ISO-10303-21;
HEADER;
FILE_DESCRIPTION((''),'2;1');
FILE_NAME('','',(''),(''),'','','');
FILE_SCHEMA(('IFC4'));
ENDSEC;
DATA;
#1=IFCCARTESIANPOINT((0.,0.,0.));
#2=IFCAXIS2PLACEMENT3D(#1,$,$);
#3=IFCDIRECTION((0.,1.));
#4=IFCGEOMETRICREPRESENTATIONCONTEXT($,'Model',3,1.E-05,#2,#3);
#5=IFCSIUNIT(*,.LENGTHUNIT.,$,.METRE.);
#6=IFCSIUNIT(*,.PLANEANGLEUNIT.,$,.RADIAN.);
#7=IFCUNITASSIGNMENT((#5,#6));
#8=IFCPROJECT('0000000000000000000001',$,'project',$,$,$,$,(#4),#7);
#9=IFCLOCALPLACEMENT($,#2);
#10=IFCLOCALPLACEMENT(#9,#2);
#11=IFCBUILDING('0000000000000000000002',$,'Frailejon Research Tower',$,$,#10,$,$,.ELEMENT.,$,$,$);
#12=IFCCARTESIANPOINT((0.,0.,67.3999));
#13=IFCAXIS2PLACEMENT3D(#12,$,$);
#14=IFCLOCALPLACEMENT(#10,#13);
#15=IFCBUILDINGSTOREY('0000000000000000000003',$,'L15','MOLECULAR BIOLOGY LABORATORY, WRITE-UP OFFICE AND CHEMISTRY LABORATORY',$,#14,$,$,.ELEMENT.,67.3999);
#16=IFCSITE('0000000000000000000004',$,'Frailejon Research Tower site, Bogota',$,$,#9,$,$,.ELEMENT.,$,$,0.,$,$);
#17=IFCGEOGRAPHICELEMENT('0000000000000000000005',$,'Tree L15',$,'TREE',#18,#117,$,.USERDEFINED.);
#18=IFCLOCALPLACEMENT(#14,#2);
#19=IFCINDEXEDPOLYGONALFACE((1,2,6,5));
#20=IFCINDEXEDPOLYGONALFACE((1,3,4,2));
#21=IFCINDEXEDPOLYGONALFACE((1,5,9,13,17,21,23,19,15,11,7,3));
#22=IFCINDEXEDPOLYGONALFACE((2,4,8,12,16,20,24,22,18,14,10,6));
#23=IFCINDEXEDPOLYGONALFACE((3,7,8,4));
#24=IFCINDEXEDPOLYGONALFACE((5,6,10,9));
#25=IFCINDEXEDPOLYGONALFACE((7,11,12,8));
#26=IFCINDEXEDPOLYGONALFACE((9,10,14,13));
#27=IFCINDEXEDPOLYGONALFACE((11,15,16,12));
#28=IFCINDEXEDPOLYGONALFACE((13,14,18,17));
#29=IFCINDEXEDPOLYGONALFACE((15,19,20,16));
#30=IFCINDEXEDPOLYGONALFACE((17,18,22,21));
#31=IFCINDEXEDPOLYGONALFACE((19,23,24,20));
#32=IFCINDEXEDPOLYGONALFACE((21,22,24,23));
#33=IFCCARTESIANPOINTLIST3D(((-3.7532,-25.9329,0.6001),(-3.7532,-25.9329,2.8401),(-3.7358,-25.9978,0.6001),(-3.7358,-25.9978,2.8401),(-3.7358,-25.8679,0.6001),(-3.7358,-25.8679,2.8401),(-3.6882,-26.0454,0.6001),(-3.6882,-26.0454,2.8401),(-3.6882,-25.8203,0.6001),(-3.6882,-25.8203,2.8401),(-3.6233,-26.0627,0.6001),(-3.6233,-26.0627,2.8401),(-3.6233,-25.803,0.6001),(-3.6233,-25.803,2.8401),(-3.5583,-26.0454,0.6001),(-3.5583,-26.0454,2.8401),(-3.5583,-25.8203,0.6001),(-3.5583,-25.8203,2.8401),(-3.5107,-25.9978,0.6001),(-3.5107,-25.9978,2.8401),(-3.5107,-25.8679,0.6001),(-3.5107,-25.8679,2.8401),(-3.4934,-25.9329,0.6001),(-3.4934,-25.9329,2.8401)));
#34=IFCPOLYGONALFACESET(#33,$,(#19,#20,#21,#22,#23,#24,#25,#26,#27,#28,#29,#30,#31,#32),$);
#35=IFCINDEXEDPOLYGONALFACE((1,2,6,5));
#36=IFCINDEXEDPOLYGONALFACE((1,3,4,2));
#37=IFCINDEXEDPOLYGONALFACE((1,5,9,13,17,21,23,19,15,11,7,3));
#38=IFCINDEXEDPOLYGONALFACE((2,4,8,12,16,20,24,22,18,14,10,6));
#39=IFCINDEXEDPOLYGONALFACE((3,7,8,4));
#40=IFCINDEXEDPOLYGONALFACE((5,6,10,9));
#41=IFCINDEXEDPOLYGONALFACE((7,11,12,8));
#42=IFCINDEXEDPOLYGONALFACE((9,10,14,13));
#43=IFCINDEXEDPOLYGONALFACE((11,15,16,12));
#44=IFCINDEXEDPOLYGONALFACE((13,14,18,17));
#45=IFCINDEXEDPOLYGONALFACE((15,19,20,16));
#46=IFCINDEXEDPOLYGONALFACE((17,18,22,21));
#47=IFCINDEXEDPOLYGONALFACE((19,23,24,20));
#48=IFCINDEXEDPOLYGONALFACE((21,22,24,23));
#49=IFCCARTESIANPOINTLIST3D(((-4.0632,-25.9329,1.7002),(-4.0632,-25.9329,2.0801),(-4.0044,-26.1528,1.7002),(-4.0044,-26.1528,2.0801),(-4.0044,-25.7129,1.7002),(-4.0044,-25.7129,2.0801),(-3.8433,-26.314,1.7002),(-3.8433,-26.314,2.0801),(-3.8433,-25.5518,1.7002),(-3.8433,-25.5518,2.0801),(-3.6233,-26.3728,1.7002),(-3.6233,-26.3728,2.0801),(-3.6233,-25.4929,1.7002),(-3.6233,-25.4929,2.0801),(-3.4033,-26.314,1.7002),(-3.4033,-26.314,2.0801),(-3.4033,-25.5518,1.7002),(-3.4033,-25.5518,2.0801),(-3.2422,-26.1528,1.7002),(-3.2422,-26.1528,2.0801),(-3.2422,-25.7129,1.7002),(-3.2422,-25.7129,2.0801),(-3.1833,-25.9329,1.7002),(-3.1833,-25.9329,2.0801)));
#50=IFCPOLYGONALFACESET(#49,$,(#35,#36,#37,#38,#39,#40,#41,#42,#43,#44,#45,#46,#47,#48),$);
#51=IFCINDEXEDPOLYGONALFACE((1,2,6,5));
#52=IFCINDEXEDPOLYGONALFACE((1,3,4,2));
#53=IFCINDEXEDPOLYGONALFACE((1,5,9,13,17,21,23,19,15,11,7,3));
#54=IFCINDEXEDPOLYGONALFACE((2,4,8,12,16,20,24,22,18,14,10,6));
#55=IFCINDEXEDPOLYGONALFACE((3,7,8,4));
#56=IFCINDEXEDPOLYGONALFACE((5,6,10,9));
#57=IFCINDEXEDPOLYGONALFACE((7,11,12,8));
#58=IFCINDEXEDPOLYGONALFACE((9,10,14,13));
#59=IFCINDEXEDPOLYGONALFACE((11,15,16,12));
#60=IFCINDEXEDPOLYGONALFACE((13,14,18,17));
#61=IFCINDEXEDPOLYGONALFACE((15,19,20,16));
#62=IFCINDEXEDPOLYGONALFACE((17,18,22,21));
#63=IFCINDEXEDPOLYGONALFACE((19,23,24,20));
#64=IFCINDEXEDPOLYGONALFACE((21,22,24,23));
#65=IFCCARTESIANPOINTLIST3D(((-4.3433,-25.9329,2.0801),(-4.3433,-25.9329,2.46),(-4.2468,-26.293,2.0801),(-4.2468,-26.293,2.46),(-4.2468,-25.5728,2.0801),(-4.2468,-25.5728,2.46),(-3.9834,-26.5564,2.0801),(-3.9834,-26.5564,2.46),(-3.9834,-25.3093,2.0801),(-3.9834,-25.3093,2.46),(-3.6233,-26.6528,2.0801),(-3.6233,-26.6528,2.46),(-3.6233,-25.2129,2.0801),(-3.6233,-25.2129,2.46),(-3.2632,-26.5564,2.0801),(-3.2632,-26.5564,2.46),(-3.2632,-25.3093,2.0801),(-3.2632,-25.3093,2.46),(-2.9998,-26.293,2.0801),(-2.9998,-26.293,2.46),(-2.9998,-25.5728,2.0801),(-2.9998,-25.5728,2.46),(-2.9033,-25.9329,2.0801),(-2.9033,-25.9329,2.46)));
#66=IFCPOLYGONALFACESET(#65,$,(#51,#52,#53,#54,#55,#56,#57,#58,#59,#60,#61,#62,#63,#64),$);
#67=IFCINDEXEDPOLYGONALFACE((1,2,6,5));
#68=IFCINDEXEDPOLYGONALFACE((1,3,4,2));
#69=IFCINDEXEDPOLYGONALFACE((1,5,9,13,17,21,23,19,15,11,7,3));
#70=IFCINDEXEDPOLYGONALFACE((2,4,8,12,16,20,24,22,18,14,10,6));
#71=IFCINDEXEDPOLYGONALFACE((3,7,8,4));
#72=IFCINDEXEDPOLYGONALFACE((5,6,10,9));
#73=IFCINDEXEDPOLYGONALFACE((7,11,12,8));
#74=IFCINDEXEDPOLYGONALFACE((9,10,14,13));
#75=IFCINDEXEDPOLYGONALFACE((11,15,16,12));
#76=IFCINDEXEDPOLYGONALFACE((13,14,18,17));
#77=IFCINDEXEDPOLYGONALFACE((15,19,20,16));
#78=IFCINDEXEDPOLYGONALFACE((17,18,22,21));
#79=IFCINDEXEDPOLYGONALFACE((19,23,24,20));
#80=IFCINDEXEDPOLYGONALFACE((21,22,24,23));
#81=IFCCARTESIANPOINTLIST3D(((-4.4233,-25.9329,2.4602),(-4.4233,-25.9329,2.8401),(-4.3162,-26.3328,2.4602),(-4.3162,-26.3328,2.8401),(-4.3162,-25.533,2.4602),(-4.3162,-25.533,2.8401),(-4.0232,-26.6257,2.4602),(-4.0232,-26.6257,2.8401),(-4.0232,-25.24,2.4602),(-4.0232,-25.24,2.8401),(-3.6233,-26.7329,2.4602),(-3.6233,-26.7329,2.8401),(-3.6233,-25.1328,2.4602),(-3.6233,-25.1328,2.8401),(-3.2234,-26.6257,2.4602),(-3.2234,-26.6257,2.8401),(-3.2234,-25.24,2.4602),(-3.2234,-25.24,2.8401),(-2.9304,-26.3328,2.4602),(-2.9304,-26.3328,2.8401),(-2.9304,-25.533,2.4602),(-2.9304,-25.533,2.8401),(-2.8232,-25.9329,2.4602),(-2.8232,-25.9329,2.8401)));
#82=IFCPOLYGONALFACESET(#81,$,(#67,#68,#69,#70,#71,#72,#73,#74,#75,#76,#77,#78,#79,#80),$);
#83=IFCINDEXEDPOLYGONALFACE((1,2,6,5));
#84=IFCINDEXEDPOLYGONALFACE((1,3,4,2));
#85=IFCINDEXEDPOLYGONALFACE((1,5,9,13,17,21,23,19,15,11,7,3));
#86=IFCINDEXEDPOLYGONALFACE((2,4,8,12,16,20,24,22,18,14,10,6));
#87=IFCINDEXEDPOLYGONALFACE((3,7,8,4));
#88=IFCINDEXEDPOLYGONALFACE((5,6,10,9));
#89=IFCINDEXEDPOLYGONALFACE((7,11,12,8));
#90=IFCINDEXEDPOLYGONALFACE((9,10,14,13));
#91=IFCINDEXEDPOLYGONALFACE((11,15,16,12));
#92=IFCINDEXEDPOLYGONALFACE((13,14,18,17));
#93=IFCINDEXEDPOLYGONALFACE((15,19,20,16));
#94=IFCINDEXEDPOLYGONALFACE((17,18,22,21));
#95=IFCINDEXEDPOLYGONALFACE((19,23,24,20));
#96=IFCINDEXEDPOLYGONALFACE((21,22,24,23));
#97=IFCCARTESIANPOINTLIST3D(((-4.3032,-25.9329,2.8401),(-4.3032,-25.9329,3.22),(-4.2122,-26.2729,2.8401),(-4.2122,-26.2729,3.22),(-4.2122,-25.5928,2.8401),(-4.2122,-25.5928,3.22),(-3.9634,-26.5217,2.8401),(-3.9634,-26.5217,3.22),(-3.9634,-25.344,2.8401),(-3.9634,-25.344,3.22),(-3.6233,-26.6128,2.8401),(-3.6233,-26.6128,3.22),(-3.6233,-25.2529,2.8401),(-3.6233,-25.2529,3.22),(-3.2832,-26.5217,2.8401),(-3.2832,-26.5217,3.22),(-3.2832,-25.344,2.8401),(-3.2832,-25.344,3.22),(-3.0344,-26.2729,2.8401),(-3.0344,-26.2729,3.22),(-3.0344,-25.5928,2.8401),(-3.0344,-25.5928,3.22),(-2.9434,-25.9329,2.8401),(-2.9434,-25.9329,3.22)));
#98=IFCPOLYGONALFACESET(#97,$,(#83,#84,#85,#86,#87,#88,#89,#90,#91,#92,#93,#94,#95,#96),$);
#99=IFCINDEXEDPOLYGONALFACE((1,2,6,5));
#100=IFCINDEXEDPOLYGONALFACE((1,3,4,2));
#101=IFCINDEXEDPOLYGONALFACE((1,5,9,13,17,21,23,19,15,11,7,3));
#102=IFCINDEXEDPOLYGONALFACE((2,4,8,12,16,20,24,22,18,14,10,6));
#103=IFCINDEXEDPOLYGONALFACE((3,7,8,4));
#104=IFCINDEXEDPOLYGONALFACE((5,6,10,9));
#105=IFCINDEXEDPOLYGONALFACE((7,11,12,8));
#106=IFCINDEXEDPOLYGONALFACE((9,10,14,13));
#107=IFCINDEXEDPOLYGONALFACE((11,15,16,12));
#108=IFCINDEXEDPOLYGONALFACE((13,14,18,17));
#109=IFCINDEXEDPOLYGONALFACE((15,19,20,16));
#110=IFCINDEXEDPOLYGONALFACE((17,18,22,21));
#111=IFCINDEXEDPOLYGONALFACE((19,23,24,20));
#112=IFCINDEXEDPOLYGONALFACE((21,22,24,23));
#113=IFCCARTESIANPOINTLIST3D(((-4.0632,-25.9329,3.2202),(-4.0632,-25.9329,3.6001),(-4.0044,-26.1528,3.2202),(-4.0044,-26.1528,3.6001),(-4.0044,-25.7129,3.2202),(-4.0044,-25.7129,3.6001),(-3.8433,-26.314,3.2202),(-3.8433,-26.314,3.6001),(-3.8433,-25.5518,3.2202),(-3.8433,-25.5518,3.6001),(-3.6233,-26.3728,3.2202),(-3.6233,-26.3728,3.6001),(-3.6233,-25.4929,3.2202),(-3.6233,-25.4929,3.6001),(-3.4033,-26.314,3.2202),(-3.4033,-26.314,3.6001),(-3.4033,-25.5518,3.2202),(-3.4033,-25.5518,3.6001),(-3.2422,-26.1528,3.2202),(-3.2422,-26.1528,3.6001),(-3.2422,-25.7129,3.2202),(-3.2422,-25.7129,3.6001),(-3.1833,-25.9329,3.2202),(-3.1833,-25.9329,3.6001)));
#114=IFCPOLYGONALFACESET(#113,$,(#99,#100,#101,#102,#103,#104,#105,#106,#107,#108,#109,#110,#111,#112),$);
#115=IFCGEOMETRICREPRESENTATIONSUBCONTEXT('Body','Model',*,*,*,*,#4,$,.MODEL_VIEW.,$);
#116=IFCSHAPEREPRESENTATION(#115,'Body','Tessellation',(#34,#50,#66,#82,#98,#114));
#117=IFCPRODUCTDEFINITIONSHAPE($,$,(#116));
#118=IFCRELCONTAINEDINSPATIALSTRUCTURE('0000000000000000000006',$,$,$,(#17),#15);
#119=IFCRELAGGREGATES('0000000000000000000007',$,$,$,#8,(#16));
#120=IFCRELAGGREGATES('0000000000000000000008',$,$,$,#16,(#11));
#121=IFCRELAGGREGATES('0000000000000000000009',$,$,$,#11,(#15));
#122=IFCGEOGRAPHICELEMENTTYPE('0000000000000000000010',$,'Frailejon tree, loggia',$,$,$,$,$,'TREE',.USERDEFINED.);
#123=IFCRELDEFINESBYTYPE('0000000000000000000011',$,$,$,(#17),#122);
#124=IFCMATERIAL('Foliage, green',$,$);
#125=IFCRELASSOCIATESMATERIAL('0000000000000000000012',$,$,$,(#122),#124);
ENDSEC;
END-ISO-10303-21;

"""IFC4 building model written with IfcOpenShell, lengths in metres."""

from ifc_helpers import new_model, si_unit, direction, frame, origin, place, context, subcontext, project, spatial, polyline, outline, extrude, material, type_object, element, save


model = new_model("IFC4")

# Units and contexts
model_context = context("Model", 3, precision=1e-05, world=origin(), true_north=direction((0.0, 1.0)))
body_context = subcontext(model_context, "Body", "Model", "MODEL_VIEW")
ifc_project = project(units=[si_unit("LENGTHUNIT", "METRE"), si_unit("PLANEANGLEUNIT", "RADIAN")], contexts=[model_context])

# Site, building, storey
site_placement = place(None, origin())
site = spatial("IfcSite", under=ifc_project, at=site_placement, Name="Frailejon Research Tower site, Bogota", CompositionType="ELEMENT", RefElevation=0.0)
building_placement = place(site_placement, origin())
building = spatial("IfcBuilding", under=site, at=building_placement, Name="Frailejon Research Tower", CompositionType="ELEMENT")
storey_placement = place(building_placement, frame((0.0, 0.0, 67.3999)))
storey = spatial("IfcBuildingStorey", under=building, at=storey_placement, Name="L15", Description="MOLECULAR BIOLOGY LABORATORY, WRITE-UP OFFICE AND CHEMISTRY LABORATORY", CompositionType="ELEMENT", Elevation=67.3999)

# Geographic element
ifc_material_1 = material(Name="Foliage, green")
geographic_element_type = type_object("IfcGeographicElementType", Name="Frailejon tree, loggia", ElementType="TREE", PredefinedType="USERDEFINED", material=ifc_material_1)
geographic_element_placement = place(storey_placement, frame((-3.6233, -25.9329, 0.6001)))
element("IfcGeographicElement", 1, at=geographic_element_placement, inside=storey, type_object=geographic_element_type, Name="Tree L15", ObjectType="TREE", PredefinedType="USERDEFINED", context=body_context, shape_type="SweptSolid", body=[
    extrude(outline(polyline([(0.1299, 0.0), (0.1125, 0.0649), (0.0649, 0.1125), (0.0, 0.1299), (-0.0649, 0.1125), (-0.1125, 0.0649), (-0.1299, 0.0), (-0.1125, -0.0649), (-0.0649, -0.1125), (0.0, -0.1299), (0.0649, -0.1125), (0.1125, -0.0649), (0.1299, 0.0)])), origin(), (0.0, 0.0, 1.0), 2.24),
    extrude(outline(polyline([(0.4399, 0.0), (0.3811, 0.22), (0.22, 0.3811), (0.0, 0.4399), (-0.22, 0.3811), (-0.3811, 0.22), (-0.4399, 0.0), (-0.3811, -0.22), (-0.22, -0.3811), (0.0, -0.4399), (0.22, -0.3811), (0.3811, -0.22), (0.4399, 0.0)])), frame((0.0, 0.0, 1.1001)), (0.0, 0.0, 1.0), 0.3799),
    extrude(outline(polyline([(0.72, 0.0), (0.6235, 0.3601), (0.3601, 0.6235), (0.0, 0.72), (-0.3601, 0.6235), (-0.6235, 0.3601), (-0.72, 0.0), (-0.6235, -0.3601), (-0.3601, -0.6235), (0.0, -0.72), (0.3601, -0.6235), (0.6235, -0.3601), (0.72, 0.0)])), frame((0.0, 0.0, 1.48)), (0.0, 0.0, 1.0), 0.3799),
    extrude(outline(polyline([(0.8, 0.0), (0.6929, 0.3999), (0.3999, 0.6929), (0.0, 0.8), (-0.3999, 0.6929), (-0.6929, 0.3999), (-0.8, 0.0), (-0.6929, -0.3999), (-0.3999, -0.6929), (0.0, -0.8), (0.3999, -0.6929), (0.6929, -0.3999), (0.8, 0.0)])), frame((0.0, 0.0, 1.8601)), (0.0, 0.0, 1.0), 0.3799),
    extrude(outline(polyline([(0.6799, 0.0), (0.5889, 0.3401), (0.3401, 0.5889), (0.0, 0.6799), (-0.3401, 0.5889), (-0.5889, 0.3401), (-0.6799, 0.0), (-0.5889, -0.3401), (-0.3401, -0.5889), (0.0, -0.6799), (0.3401, -0.5889), (0.5889, -0.3401), (0.6799, 0.0)])), frame((0.0, 0.0, 2.24)), (0.0, 0.0, 1.0), 0.3799),
    extrude(outline(polyline([(0.4399, 0.0), (0.3811, 0.22), (0.22, 0.3811), (0.0, 0.4399), (-0.22, 0.3811), (-0.3811, 0.22), (-0.4399, 0.0), (-0.3811, -0.22), (-0.22, -0.3811), (0.0, -0.4399), (0.22, -0.3811), (0.3811, -0.22), (0.4399, 0.0)])), frame((0.0, 0.0, 2.6201)), (0.0, 0.0, 1.0), 0.3799),
])

save(model, "model.ifc")
